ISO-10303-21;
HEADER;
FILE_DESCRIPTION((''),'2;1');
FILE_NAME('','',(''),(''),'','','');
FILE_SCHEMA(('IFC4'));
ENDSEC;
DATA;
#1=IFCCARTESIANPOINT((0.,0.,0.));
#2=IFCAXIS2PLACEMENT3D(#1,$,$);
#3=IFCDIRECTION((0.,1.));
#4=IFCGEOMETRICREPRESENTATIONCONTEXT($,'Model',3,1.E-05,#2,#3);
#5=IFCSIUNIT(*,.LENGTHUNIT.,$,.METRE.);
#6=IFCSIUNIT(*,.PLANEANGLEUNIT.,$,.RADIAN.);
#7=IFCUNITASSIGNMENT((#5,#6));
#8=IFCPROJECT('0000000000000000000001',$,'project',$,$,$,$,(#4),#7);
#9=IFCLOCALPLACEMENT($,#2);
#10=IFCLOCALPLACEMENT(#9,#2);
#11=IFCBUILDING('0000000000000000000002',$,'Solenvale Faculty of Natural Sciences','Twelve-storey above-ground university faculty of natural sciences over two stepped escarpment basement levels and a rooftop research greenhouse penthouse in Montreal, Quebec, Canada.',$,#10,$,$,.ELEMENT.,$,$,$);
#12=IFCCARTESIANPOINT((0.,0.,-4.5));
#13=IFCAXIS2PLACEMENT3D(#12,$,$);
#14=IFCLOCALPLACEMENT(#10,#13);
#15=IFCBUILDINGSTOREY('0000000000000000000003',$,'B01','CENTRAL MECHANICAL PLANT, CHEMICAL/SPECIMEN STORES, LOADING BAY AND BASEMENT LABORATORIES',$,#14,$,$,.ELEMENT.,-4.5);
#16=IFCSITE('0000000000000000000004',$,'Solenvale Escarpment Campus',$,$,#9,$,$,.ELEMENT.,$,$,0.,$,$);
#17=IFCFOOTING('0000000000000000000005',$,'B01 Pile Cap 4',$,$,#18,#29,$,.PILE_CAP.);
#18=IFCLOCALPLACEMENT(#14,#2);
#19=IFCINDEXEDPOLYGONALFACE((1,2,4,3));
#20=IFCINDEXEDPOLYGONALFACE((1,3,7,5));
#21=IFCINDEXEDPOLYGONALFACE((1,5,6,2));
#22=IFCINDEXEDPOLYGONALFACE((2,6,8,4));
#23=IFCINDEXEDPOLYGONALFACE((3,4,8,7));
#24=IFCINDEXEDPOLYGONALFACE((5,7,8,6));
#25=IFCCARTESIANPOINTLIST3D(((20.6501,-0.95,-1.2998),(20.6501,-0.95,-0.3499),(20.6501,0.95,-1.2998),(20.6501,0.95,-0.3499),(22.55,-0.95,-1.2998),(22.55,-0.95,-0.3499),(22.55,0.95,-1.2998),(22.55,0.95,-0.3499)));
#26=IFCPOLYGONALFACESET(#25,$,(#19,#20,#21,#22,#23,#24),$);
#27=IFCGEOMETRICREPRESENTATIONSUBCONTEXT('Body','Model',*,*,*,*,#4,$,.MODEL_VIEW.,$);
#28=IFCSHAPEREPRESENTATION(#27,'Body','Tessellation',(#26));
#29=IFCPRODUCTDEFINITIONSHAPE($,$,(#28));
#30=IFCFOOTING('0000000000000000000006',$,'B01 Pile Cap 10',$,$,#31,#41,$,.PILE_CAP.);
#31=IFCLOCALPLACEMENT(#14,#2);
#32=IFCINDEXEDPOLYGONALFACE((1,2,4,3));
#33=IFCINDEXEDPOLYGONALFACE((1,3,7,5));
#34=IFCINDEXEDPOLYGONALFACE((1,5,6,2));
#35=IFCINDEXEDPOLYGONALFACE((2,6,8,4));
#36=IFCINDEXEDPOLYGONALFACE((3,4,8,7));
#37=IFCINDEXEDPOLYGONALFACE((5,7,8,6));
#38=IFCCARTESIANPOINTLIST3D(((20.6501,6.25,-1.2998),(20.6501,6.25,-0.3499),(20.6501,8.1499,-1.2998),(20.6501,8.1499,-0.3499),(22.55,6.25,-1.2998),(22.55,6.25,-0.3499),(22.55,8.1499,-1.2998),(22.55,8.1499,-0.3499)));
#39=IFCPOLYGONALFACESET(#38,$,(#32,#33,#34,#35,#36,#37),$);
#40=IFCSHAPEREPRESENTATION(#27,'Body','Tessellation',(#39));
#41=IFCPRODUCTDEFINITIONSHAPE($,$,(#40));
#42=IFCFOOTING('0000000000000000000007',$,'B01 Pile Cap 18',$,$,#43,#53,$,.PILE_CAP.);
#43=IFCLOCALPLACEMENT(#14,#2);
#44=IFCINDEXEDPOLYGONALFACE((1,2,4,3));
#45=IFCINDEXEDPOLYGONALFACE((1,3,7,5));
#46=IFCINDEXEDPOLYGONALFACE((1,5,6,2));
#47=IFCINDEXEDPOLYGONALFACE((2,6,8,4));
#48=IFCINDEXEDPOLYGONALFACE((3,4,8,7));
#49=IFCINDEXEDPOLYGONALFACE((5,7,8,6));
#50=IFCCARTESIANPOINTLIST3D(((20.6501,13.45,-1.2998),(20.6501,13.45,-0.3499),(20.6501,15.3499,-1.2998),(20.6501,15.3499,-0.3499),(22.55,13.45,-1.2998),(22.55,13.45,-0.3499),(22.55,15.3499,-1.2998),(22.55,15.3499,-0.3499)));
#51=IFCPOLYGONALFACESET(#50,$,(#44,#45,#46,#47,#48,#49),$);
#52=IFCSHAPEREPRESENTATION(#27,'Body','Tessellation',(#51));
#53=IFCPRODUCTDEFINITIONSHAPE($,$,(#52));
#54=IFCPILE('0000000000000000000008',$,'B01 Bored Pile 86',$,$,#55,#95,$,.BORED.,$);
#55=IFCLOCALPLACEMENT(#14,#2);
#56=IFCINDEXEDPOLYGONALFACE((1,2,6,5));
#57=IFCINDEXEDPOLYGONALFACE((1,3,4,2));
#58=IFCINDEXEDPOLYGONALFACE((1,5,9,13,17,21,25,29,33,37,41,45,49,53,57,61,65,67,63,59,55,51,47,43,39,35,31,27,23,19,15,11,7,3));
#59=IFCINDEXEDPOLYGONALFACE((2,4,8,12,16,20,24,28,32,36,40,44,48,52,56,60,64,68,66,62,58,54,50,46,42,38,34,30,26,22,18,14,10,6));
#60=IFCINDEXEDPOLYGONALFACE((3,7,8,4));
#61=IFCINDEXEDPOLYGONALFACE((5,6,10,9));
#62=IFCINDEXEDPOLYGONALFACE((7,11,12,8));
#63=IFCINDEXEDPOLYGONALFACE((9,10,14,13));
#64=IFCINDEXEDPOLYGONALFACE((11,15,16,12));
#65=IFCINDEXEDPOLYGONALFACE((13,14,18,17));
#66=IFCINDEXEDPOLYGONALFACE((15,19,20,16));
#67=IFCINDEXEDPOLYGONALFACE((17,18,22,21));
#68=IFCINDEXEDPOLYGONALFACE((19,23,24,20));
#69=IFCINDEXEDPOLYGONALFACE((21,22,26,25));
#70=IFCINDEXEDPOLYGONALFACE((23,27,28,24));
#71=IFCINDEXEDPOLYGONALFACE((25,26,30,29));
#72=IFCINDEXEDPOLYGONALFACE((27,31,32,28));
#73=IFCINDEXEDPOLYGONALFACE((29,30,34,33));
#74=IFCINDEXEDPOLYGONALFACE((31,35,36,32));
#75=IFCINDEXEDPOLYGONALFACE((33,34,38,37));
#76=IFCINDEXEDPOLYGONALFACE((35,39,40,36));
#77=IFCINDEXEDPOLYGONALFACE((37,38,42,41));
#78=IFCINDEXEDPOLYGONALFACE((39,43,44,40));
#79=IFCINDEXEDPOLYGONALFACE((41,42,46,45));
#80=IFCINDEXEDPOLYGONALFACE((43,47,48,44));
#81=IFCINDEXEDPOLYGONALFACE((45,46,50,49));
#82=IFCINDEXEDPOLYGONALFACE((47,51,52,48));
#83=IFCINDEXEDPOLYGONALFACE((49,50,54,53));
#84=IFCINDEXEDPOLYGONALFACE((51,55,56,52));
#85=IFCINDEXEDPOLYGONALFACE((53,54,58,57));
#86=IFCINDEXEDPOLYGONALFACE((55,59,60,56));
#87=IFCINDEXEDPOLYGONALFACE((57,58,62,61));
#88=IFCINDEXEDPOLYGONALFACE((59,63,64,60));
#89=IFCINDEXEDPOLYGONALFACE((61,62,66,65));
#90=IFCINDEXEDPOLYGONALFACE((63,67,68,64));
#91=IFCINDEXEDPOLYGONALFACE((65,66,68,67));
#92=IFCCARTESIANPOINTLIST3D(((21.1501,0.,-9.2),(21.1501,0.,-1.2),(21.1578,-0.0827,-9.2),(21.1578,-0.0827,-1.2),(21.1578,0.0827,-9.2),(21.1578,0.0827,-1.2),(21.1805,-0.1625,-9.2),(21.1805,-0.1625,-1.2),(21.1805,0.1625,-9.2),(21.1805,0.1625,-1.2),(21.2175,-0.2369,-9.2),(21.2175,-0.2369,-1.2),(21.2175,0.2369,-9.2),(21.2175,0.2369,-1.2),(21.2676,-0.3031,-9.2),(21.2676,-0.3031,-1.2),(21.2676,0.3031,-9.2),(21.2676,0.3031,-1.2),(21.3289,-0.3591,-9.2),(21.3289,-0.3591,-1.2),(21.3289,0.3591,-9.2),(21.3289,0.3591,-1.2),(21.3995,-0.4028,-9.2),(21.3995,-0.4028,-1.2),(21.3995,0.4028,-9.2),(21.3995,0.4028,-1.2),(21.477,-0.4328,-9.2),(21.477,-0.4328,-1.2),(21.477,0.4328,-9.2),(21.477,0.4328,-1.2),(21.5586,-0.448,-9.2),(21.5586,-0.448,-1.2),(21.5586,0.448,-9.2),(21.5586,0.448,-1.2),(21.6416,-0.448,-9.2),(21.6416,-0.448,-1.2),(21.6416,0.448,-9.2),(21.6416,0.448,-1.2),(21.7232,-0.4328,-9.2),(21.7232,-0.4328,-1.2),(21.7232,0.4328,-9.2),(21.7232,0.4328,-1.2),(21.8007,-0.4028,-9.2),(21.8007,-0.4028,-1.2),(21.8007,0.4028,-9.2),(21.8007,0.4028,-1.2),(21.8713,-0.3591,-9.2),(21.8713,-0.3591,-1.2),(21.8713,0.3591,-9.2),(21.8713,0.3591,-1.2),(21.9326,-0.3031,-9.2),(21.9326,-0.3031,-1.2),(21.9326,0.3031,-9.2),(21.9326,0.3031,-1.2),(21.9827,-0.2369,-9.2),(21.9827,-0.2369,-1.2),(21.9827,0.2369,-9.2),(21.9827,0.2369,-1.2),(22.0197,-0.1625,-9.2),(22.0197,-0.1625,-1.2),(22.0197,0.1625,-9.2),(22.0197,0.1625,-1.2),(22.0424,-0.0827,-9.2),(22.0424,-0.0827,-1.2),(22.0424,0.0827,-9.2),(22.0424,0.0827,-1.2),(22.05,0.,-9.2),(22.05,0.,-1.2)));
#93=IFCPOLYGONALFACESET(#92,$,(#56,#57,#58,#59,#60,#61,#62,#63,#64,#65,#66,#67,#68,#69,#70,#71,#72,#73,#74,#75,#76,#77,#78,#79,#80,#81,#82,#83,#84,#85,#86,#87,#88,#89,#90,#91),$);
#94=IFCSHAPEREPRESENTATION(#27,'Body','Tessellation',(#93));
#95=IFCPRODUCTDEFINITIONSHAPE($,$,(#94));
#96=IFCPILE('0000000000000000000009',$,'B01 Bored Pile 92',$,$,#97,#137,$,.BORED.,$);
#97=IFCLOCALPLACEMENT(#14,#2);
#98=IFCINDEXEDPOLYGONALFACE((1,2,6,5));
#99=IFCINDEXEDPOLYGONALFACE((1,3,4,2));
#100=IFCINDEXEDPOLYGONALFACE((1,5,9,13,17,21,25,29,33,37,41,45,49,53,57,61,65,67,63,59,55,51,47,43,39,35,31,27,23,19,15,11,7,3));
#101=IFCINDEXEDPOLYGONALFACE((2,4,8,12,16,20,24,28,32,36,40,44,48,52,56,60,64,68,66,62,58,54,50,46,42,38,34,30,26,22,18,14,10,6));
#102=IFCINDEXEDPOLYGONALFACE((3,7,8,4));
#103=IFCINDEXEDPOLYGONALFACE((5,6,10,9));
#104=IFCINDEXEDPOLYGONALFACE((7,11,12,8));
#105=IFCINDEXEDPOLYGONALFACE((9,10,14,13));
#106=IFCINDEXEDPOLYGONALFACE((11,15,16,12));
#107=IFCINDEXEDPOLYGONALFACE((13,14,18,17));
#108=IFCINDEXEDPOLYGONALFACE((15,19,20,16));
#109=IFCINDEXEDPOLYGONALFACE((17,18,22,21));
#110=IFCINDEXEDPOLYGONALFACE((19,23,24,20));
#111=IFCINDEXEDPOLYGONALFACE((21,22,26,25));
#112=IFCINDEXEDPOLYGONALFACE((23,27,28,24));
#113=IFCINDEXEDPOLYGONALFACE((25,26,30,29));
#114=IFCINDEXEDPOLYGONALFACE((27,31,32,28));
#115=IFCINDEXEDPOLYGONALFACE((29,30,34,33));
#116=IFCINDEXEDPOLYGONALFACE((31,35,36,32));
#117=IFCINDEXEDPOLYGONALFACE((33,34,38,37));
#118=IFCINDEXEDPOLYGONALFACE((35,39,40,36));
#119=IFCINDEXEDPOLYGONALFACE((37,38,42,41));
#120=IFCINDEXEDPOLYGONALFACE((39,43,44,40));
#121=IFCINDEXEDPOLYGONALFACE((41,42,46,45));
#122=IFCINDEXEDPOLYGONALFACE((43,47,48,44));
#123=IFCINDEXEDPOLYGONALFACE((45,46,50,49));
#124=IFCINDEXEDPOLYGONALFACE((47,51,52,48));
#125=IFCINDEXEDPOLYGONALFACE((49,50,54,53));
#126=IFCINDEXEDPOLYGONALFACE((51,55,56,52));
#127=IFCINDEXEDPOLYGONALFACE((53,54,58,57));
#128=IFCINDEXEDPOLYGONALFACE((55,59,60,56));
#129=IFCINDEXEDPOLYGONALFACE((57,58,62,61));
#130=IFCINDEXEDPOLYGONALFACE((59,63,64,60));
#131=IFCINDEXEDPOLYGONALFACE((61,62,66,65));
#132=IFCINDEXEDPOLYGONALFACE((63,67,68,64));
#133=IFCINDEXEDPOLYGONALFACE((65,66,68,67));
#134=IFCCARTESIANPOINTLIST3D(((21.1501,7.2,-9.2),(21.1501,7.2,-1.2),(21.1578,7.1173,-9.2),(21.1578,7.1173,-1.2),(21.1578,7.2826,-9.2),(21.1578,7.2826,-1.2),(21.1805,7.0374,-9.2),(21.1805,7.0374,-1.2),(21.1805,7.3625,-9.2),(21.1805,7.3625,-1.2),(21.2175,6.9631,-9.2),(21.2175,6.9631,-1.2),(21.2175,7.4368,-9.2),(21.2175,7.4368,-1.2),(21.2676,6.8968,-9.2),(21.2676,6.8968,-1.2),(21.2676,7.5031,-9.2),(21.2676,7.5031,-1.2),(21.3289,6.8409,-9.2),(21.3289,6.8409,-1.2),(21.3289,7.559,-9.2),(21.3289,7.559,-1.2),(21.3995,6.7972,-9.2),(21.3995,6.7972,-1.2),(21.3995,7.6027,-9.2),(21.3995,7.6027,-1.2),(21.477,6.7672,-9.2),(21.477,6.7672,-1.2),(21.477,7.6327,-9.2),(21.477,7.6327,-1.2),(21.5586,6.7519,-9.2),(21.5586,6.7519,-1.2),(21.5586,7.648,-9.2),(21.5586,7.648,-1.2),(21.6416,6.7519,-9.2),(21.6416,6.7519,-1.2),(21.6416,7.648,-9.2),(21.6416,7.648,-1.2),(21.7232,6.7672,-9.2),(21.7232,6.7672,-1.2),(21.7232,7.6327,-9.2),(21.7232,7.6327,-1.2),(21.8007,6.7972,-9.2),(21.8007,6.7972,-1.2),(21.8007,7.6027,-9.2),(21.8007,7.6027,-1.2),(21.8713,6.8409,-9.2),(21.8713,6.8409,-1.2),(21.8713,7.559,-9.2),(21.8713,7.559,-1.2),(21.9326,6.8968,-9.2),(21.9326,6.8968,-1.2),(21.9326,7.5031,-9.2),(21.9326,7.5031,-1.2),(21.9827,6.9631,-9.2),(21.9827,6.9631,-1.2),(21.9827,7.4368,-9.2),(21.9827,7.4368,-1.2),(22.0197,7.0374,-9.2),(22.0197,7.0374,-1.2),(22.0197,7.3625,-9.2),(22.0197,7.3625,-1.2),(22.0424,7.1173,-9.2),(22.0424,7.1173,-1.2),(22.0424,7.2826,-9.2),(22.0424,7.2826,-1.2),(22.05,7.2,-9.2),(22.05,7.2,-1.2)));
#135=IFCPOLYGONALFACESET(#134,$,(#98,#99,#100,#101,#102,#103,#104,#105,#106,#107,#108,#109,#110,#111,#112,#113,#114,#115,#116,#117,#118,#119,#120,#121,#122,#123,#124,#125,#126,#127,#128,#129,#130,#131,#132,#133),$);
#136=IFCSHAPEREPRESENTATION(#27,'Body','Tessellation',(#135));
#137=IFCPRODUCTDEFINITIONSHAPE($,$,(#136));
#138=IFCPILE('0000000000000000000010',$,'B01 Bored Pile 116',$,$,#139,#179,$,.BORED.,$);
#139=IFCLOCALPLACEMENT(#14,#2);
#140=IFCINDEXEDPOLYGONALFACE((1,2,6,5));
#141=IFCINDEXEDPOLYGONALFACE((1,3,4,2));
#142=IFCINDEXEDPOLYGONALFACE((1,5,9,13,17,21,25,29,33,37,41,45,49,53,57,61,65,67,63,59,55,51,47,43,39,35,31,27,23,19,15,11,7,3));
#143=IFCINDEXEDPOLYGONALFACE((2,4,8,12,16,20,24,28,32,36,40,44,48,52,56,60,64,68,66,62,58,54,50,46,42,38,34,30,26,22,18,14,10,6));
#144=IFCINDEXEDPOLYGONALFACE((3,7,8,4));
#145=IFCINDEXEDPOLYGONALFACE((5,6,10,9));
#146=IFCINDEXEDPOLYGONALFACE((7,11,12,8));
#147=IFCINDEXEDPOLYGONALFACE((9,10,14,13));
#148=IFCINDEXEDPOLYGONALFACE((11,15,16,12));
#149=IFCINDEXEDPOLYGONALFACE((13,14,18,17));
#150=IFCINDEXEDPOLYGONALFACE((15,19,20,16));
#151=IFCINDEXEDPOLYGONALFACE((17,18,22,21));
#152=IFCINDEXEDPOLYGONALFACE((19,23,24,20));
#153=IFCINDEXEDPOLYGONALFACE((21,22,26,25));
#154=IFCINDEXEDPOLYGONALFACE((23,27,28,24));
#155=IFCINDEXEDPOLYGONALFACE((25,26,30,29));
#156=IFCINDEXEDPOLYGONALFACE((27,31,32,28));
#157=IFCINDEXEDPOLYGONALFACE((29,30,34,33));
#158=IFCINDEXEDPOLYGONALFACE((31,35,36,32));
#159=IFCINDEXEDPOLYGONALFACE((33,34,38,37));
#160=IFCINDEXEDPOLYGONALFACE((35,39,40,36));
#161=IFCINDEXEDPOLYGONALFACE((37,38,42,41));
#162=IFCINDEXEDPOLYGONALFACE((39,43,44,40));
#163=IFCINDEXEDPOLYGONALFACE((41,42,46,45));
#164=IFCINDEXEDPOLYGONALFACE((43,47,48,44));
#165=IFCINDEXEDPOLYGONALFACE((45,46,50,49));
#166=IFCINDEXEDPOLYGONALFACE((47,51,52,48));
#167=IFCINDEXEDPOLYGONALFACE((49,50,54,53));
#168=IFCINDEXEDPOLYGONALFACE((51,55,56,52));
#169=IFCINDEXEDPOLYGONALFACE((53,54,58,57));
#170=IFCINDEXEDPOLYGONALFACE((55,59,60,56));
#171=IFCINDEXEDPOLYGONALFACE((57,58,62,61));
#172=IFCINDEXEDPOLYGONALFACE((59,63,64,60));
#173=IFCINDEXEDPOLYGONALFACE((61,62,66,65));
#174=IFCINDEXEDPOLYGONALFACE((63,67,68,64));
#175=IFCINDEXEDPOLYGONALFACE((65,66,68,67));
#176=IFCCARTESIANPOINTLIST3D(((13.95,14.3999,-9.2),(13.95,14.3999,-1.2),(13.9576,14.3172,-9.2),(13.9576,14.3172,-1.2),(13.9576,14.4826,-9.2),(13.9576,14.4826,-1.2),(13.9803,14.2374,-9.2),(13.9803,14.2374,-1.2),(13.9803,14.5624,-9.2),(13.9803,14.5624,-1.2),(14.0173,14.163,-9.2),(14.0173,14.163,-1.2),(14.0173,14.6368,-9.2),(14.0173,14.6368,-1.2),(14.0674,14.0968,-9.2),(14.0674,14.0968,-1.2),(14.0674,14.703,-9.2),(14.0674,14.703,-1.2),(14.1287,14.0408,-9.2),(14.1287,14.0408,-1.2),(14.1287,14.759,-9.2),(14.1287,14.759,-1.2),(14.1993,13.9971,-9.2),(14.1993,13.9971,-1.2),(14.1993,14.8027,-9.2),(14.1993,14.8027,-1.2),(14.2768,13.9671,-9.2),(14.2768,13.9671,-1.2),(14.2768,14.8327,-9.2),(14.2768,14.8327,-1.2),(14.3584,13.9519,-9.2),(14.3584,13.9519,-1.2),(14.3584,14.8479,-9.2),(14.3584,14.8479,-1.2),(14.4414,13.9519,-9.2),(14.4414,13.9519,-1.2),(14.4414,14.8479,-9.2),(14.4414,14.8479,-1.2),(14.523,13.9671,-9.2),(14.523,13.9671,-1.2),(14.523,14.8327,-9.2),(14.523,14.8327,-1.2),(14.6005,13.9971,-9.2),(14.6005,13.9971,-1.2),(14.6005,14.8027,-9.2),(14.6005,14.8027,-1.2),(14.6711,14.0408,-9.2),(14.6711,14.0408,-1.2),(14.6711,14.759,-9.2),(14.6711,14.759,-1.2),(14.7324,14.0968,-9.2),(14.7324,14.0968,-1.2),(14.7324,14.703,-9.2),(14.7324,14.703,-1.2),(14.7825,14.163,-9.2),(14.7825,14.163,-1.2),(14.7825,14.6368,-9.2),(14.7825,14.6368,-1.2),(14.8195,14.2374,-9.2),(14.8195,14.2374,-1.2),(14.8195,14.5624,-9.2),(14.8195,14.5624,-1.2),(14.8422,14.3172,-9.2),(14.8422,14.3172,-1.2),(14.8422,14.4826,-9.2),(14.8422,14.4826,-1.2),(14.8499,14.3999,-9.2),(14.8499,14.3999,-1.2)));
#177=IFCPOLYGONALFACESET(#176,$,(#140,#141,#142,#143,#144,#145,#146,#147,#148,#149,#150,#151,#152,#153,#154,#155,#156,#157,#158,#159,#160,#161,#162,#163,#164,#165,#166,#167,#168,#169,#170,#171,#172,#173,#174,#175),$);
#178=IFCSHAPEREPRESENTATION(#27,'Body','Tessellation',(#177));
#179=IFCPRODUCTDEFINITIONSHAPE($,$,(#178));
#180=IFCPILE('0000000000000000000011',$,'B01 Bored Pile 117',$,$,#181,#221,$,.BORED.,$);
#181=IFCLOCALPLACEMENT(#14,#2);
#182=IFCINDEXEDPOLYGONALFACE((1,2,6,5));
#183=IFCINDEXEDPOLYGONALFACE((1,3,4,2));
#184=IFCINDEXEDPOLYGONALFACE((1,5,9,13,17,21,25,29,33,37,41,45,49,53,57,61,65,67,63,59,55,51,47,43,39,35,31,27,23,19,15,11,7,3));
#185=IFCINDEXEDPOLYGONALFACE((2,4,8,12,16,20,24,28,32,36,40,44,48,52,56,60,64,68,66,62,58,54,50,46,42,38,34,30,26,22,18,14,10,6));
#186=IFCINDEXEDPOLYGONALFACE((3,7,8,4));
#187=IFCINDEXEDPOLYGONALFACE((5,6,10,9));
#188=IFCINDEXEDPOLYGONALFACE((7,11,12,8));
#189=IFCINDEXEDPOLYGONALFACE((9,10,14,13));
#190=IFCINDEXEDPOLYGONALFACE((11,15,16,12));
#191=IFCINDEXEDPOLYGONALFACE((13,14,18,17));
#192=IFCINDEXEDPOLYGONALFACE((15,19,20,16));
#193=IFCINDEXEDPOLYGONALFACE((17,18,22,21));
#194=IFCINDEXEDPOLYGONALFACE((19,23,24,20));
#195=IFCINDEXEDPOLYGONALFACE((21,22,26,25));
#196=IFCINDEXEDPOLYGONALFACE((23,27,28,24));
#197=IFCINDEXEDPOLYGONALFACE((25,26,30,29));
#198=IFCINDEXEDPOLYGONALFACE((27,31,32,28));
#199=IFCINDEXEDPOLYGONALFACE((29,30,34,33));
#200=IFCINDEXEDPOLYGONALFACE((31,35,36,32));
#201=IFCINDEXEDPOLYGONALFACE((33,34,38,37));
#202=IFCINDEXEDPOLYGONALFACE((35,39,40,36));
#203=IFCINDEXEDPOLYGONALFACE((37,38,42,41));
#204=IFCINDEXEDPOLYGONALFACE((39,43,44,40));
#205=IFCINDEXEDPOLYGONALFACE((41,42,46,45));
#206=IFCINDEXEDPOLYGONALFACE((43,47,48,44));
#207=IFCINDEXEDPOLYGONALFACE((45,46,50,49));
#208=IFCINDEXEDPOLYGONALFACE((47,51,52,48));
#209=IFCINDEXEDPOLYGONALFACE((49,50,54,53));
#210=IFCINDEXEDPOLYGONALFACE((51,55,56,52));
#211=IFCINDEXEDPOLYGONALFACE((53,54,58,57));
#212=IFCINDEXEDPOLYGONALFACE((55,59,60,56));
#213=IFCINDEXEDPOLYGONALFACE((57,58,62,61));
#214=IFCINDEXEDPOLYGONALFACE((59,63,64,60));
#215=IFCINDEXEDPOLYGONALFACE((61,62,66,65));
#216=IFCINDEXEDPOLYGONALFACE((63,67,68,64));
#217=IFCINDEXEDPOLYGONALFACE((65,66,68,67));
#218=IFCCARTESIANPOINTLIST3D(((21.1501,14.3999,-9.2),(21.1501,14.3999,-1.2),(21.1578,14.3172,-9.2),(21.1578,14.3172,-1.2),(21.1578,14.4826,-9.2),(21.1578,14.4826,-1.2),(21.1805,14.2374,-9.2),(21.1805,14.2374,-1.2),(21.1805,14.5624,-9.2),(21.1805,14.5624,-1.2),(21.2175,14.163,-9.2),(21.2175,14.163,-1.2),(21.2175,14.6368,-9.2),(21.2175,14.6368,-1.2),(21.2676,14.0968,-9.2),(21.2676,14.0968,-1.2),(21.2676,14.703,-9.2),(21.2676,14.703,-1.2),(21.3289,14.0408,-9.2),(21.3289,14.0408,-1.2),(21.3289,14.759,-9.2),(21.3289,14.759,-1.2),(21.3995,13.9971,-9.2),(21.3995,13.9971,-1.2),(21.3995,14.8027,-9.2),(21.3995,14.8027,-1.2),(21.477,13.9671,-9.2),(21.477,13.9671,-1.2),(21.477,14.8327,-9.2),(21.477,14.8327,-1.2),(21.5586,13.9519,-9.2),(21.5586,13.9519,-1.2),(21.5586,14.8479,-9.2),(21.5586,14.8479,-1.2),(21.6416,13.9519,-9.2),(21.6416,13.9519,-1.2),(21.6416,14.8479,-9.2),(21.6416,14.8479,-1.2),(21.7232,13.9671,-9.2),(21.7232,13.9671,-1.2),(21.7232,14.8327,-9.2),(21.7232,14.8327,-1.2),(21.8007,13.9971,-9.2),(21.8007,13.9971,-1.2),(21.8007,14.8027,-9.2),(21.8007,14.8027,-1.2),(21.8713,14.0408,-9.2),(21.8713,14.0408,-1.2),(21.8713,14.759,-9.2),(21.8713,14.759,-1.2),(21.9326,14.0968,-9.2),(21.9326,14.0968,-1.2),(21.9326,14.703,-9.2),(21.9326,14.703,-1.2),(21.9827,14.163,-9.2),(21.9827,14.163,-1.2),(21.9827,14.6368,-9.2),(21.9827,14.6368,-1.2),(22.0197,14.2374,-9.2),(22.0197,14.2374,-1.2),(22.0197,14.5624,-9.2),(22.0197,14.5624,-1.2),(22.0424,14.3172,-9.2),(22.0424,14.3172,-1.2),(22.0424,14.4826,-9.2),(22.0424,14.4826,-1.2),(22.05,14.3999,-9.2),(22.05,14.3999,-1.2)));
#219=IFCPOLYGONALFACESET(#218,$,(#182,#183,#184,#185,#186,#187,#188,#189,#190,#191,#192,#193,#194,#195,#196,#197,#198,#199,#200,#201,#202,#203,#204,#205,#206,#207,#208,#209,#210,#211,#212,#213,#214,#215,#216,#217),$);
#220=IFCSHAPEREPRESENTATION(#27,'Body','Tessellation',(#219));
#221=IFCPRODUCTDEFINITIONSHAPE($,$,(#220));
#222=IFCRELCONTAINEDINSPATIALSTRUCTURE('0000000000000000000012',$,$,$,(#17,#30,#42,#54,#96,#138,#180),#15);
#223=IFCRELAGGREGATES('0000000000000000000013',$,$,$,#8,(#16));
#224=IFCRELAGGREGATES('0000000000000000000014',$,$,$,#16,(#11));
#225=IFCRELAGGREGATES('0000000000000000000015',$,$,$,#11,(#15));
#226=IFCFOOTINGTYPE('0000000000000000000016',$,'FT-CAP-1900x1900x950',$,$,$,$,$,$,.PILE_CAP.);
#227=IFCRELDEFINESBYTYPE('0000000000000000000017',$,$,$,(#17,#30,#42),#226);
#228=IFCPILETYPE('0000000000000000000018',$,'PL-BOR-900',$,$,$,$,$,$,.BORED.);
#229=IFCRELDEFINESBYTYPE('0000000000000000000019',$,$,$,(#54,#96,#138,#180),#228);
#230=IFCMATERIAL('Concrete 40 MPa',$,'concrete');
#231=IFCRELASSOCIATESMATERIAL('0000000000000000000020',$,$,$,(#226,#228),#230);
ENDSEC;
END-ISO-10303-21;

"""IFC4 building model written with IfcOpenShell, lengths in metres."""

from ifc_helpers import new_model, si_unit, direction, frame, origin, origin_2d, place, context, subcontext, project, spatial, rectangle, circle, extrude, material, material_profile, profile_set, type_object, element, save


model = new_model("IFC4")

# Units and contexts
model_context = context("Model", 3, precision=1e-05, world=origin(), true_north=direction((0.0, 1.0)))
body_context = subcontext(model_context, "Body", "Model", "MODEL_VIEW")
ifc_project = project(units=[si_unit("LENGTHUNIT", "METRE"), si_unit("PLANEANGLEUNIT", "RADIAN")], contexts=[model_context])

# Site, building, storey
site_placement = place(None, origin())
site = spatial("IfcSite", under=ifc_project, at=site_placement, Name="Solenvale Escarpment Campus", CompositionType="ELEMENT", RefElevation=0.0)
building_placement = place(site_placement, origin())
building = spatial("IfcBuilding", under=site, at=building_placement, Name="Solenvale Faculty of Natural Sciences", Description="Twelve-storey above-ground university faculty of natural sciences over two stepped escarpment basement levels and a rooftop research greenhouse penthouse in Montreal, Quebec, Canada.", CompositionType="ELEMENT")
storey_placement = place(building_placement, frame((0.0, 0.0, -4.5)))
storey = spatial("IfcBuildingStorey", under=building, at=storey_placement, Name="B01", Description="CENTRAL MECHANICAL PLANT, CHEMICAL/SPECIMEN STORES, LOADING BAY AND BASEMENT LABORATORIES", CompositionType="ELEMENT", Elevation=-4.5)

# Footings
ifc_material_1 = material(Name="Concrete 40 MPa", Category="concrete")
footing_type = type_object("IfcFootingType", Name="FT-CAP-1900x1900x950", PredefinedType="PILE_CAP", material=ifc_material_1)
for number, where, z_axis, x_axis, name in (
    (1, (21.6001, 0.0, -1.2998), (0.0, 0.0, 1.0), (1.0, 0.0, 0.0), "B01 Pile Cap 4"),
    (2, (21.6001, 7.2, -1.2998), (0.0, 0.0, 1.0), (1.0, 0.0, 0.0), "B01 Pile Cap 10"),
    (3, (21.6001, 14.3999, -1.2998), (0.0, 0.0, 1.0), (1.0, 0.0, 0.0), "B01 Pile Cap 18"),
):
    element("IfcFooting", number, at=place(storey_placement, frame(where, z_axis=z_axis, x_axis=x_axis)), inside=storey, type_object=footing_type, Name=name, PredefinedType="PILE_CAP", context=body_context, shape_type="SweptSolid", body=[
        extrude(rectangle(XDim=1.8999, YDim=1.8999, at=origin_2d()), origin(), (0.0, 0.0, 1.0), 0.95),
    ])

# Piles
ifc_material_profile_1 = material_profile(ifc_material_1, circle(Radius=0.45, at=origin_2d()), Name="PILE-D900")
ifc_profile_set_1 = profile_set([ifc_material_profile_1], Name="Concrete 40 MPa")
pile_type = type_object("IfcPileType", Name="PL-BOR-900", PredefinedType="BORED", material=ifc_profile_set_1)
for number, where, z_axis, x_axis, name in (
    (4, (21.6001, 0.0, -1.2), (0.0, 0.0, -1.0), (1.0, 0.0, 0.0), "B01 Bored Pile 86"),
    (5, (21.6001, 7.2, -1.2), (0.0, 0.0, -1.0), (1.0, 0.0, 0.0), "B01 Bored Pile 92"),
    (6, (14.3999, 14.3999, -1.2), (0.0, 0.0, -1.0), (1.0, 0.0, 0.0), "B01 Bored Pile 116"),
    (7, (21.6001, 14.3999, -1.2), (0.0, 0.0, -1.0), (1.0, 0.0, 0.0), "B01 Bored Pile 117"),
):
    element("IfcPile", number, at=place(storey_placement, frame(where, z_axis=z_axis, x_axis=x_axis)), inside=storey, type_object=pile_type, Name=name, PredefinedType="BORED", context=body_context, shape_type="SweptSolid", body=[
        extrude(circle(Radius=0.45, at=origin_2d()), origin(), (0.0, 0.0, 1.0), 8.0),
    ])

save(model, "model.ifc")
